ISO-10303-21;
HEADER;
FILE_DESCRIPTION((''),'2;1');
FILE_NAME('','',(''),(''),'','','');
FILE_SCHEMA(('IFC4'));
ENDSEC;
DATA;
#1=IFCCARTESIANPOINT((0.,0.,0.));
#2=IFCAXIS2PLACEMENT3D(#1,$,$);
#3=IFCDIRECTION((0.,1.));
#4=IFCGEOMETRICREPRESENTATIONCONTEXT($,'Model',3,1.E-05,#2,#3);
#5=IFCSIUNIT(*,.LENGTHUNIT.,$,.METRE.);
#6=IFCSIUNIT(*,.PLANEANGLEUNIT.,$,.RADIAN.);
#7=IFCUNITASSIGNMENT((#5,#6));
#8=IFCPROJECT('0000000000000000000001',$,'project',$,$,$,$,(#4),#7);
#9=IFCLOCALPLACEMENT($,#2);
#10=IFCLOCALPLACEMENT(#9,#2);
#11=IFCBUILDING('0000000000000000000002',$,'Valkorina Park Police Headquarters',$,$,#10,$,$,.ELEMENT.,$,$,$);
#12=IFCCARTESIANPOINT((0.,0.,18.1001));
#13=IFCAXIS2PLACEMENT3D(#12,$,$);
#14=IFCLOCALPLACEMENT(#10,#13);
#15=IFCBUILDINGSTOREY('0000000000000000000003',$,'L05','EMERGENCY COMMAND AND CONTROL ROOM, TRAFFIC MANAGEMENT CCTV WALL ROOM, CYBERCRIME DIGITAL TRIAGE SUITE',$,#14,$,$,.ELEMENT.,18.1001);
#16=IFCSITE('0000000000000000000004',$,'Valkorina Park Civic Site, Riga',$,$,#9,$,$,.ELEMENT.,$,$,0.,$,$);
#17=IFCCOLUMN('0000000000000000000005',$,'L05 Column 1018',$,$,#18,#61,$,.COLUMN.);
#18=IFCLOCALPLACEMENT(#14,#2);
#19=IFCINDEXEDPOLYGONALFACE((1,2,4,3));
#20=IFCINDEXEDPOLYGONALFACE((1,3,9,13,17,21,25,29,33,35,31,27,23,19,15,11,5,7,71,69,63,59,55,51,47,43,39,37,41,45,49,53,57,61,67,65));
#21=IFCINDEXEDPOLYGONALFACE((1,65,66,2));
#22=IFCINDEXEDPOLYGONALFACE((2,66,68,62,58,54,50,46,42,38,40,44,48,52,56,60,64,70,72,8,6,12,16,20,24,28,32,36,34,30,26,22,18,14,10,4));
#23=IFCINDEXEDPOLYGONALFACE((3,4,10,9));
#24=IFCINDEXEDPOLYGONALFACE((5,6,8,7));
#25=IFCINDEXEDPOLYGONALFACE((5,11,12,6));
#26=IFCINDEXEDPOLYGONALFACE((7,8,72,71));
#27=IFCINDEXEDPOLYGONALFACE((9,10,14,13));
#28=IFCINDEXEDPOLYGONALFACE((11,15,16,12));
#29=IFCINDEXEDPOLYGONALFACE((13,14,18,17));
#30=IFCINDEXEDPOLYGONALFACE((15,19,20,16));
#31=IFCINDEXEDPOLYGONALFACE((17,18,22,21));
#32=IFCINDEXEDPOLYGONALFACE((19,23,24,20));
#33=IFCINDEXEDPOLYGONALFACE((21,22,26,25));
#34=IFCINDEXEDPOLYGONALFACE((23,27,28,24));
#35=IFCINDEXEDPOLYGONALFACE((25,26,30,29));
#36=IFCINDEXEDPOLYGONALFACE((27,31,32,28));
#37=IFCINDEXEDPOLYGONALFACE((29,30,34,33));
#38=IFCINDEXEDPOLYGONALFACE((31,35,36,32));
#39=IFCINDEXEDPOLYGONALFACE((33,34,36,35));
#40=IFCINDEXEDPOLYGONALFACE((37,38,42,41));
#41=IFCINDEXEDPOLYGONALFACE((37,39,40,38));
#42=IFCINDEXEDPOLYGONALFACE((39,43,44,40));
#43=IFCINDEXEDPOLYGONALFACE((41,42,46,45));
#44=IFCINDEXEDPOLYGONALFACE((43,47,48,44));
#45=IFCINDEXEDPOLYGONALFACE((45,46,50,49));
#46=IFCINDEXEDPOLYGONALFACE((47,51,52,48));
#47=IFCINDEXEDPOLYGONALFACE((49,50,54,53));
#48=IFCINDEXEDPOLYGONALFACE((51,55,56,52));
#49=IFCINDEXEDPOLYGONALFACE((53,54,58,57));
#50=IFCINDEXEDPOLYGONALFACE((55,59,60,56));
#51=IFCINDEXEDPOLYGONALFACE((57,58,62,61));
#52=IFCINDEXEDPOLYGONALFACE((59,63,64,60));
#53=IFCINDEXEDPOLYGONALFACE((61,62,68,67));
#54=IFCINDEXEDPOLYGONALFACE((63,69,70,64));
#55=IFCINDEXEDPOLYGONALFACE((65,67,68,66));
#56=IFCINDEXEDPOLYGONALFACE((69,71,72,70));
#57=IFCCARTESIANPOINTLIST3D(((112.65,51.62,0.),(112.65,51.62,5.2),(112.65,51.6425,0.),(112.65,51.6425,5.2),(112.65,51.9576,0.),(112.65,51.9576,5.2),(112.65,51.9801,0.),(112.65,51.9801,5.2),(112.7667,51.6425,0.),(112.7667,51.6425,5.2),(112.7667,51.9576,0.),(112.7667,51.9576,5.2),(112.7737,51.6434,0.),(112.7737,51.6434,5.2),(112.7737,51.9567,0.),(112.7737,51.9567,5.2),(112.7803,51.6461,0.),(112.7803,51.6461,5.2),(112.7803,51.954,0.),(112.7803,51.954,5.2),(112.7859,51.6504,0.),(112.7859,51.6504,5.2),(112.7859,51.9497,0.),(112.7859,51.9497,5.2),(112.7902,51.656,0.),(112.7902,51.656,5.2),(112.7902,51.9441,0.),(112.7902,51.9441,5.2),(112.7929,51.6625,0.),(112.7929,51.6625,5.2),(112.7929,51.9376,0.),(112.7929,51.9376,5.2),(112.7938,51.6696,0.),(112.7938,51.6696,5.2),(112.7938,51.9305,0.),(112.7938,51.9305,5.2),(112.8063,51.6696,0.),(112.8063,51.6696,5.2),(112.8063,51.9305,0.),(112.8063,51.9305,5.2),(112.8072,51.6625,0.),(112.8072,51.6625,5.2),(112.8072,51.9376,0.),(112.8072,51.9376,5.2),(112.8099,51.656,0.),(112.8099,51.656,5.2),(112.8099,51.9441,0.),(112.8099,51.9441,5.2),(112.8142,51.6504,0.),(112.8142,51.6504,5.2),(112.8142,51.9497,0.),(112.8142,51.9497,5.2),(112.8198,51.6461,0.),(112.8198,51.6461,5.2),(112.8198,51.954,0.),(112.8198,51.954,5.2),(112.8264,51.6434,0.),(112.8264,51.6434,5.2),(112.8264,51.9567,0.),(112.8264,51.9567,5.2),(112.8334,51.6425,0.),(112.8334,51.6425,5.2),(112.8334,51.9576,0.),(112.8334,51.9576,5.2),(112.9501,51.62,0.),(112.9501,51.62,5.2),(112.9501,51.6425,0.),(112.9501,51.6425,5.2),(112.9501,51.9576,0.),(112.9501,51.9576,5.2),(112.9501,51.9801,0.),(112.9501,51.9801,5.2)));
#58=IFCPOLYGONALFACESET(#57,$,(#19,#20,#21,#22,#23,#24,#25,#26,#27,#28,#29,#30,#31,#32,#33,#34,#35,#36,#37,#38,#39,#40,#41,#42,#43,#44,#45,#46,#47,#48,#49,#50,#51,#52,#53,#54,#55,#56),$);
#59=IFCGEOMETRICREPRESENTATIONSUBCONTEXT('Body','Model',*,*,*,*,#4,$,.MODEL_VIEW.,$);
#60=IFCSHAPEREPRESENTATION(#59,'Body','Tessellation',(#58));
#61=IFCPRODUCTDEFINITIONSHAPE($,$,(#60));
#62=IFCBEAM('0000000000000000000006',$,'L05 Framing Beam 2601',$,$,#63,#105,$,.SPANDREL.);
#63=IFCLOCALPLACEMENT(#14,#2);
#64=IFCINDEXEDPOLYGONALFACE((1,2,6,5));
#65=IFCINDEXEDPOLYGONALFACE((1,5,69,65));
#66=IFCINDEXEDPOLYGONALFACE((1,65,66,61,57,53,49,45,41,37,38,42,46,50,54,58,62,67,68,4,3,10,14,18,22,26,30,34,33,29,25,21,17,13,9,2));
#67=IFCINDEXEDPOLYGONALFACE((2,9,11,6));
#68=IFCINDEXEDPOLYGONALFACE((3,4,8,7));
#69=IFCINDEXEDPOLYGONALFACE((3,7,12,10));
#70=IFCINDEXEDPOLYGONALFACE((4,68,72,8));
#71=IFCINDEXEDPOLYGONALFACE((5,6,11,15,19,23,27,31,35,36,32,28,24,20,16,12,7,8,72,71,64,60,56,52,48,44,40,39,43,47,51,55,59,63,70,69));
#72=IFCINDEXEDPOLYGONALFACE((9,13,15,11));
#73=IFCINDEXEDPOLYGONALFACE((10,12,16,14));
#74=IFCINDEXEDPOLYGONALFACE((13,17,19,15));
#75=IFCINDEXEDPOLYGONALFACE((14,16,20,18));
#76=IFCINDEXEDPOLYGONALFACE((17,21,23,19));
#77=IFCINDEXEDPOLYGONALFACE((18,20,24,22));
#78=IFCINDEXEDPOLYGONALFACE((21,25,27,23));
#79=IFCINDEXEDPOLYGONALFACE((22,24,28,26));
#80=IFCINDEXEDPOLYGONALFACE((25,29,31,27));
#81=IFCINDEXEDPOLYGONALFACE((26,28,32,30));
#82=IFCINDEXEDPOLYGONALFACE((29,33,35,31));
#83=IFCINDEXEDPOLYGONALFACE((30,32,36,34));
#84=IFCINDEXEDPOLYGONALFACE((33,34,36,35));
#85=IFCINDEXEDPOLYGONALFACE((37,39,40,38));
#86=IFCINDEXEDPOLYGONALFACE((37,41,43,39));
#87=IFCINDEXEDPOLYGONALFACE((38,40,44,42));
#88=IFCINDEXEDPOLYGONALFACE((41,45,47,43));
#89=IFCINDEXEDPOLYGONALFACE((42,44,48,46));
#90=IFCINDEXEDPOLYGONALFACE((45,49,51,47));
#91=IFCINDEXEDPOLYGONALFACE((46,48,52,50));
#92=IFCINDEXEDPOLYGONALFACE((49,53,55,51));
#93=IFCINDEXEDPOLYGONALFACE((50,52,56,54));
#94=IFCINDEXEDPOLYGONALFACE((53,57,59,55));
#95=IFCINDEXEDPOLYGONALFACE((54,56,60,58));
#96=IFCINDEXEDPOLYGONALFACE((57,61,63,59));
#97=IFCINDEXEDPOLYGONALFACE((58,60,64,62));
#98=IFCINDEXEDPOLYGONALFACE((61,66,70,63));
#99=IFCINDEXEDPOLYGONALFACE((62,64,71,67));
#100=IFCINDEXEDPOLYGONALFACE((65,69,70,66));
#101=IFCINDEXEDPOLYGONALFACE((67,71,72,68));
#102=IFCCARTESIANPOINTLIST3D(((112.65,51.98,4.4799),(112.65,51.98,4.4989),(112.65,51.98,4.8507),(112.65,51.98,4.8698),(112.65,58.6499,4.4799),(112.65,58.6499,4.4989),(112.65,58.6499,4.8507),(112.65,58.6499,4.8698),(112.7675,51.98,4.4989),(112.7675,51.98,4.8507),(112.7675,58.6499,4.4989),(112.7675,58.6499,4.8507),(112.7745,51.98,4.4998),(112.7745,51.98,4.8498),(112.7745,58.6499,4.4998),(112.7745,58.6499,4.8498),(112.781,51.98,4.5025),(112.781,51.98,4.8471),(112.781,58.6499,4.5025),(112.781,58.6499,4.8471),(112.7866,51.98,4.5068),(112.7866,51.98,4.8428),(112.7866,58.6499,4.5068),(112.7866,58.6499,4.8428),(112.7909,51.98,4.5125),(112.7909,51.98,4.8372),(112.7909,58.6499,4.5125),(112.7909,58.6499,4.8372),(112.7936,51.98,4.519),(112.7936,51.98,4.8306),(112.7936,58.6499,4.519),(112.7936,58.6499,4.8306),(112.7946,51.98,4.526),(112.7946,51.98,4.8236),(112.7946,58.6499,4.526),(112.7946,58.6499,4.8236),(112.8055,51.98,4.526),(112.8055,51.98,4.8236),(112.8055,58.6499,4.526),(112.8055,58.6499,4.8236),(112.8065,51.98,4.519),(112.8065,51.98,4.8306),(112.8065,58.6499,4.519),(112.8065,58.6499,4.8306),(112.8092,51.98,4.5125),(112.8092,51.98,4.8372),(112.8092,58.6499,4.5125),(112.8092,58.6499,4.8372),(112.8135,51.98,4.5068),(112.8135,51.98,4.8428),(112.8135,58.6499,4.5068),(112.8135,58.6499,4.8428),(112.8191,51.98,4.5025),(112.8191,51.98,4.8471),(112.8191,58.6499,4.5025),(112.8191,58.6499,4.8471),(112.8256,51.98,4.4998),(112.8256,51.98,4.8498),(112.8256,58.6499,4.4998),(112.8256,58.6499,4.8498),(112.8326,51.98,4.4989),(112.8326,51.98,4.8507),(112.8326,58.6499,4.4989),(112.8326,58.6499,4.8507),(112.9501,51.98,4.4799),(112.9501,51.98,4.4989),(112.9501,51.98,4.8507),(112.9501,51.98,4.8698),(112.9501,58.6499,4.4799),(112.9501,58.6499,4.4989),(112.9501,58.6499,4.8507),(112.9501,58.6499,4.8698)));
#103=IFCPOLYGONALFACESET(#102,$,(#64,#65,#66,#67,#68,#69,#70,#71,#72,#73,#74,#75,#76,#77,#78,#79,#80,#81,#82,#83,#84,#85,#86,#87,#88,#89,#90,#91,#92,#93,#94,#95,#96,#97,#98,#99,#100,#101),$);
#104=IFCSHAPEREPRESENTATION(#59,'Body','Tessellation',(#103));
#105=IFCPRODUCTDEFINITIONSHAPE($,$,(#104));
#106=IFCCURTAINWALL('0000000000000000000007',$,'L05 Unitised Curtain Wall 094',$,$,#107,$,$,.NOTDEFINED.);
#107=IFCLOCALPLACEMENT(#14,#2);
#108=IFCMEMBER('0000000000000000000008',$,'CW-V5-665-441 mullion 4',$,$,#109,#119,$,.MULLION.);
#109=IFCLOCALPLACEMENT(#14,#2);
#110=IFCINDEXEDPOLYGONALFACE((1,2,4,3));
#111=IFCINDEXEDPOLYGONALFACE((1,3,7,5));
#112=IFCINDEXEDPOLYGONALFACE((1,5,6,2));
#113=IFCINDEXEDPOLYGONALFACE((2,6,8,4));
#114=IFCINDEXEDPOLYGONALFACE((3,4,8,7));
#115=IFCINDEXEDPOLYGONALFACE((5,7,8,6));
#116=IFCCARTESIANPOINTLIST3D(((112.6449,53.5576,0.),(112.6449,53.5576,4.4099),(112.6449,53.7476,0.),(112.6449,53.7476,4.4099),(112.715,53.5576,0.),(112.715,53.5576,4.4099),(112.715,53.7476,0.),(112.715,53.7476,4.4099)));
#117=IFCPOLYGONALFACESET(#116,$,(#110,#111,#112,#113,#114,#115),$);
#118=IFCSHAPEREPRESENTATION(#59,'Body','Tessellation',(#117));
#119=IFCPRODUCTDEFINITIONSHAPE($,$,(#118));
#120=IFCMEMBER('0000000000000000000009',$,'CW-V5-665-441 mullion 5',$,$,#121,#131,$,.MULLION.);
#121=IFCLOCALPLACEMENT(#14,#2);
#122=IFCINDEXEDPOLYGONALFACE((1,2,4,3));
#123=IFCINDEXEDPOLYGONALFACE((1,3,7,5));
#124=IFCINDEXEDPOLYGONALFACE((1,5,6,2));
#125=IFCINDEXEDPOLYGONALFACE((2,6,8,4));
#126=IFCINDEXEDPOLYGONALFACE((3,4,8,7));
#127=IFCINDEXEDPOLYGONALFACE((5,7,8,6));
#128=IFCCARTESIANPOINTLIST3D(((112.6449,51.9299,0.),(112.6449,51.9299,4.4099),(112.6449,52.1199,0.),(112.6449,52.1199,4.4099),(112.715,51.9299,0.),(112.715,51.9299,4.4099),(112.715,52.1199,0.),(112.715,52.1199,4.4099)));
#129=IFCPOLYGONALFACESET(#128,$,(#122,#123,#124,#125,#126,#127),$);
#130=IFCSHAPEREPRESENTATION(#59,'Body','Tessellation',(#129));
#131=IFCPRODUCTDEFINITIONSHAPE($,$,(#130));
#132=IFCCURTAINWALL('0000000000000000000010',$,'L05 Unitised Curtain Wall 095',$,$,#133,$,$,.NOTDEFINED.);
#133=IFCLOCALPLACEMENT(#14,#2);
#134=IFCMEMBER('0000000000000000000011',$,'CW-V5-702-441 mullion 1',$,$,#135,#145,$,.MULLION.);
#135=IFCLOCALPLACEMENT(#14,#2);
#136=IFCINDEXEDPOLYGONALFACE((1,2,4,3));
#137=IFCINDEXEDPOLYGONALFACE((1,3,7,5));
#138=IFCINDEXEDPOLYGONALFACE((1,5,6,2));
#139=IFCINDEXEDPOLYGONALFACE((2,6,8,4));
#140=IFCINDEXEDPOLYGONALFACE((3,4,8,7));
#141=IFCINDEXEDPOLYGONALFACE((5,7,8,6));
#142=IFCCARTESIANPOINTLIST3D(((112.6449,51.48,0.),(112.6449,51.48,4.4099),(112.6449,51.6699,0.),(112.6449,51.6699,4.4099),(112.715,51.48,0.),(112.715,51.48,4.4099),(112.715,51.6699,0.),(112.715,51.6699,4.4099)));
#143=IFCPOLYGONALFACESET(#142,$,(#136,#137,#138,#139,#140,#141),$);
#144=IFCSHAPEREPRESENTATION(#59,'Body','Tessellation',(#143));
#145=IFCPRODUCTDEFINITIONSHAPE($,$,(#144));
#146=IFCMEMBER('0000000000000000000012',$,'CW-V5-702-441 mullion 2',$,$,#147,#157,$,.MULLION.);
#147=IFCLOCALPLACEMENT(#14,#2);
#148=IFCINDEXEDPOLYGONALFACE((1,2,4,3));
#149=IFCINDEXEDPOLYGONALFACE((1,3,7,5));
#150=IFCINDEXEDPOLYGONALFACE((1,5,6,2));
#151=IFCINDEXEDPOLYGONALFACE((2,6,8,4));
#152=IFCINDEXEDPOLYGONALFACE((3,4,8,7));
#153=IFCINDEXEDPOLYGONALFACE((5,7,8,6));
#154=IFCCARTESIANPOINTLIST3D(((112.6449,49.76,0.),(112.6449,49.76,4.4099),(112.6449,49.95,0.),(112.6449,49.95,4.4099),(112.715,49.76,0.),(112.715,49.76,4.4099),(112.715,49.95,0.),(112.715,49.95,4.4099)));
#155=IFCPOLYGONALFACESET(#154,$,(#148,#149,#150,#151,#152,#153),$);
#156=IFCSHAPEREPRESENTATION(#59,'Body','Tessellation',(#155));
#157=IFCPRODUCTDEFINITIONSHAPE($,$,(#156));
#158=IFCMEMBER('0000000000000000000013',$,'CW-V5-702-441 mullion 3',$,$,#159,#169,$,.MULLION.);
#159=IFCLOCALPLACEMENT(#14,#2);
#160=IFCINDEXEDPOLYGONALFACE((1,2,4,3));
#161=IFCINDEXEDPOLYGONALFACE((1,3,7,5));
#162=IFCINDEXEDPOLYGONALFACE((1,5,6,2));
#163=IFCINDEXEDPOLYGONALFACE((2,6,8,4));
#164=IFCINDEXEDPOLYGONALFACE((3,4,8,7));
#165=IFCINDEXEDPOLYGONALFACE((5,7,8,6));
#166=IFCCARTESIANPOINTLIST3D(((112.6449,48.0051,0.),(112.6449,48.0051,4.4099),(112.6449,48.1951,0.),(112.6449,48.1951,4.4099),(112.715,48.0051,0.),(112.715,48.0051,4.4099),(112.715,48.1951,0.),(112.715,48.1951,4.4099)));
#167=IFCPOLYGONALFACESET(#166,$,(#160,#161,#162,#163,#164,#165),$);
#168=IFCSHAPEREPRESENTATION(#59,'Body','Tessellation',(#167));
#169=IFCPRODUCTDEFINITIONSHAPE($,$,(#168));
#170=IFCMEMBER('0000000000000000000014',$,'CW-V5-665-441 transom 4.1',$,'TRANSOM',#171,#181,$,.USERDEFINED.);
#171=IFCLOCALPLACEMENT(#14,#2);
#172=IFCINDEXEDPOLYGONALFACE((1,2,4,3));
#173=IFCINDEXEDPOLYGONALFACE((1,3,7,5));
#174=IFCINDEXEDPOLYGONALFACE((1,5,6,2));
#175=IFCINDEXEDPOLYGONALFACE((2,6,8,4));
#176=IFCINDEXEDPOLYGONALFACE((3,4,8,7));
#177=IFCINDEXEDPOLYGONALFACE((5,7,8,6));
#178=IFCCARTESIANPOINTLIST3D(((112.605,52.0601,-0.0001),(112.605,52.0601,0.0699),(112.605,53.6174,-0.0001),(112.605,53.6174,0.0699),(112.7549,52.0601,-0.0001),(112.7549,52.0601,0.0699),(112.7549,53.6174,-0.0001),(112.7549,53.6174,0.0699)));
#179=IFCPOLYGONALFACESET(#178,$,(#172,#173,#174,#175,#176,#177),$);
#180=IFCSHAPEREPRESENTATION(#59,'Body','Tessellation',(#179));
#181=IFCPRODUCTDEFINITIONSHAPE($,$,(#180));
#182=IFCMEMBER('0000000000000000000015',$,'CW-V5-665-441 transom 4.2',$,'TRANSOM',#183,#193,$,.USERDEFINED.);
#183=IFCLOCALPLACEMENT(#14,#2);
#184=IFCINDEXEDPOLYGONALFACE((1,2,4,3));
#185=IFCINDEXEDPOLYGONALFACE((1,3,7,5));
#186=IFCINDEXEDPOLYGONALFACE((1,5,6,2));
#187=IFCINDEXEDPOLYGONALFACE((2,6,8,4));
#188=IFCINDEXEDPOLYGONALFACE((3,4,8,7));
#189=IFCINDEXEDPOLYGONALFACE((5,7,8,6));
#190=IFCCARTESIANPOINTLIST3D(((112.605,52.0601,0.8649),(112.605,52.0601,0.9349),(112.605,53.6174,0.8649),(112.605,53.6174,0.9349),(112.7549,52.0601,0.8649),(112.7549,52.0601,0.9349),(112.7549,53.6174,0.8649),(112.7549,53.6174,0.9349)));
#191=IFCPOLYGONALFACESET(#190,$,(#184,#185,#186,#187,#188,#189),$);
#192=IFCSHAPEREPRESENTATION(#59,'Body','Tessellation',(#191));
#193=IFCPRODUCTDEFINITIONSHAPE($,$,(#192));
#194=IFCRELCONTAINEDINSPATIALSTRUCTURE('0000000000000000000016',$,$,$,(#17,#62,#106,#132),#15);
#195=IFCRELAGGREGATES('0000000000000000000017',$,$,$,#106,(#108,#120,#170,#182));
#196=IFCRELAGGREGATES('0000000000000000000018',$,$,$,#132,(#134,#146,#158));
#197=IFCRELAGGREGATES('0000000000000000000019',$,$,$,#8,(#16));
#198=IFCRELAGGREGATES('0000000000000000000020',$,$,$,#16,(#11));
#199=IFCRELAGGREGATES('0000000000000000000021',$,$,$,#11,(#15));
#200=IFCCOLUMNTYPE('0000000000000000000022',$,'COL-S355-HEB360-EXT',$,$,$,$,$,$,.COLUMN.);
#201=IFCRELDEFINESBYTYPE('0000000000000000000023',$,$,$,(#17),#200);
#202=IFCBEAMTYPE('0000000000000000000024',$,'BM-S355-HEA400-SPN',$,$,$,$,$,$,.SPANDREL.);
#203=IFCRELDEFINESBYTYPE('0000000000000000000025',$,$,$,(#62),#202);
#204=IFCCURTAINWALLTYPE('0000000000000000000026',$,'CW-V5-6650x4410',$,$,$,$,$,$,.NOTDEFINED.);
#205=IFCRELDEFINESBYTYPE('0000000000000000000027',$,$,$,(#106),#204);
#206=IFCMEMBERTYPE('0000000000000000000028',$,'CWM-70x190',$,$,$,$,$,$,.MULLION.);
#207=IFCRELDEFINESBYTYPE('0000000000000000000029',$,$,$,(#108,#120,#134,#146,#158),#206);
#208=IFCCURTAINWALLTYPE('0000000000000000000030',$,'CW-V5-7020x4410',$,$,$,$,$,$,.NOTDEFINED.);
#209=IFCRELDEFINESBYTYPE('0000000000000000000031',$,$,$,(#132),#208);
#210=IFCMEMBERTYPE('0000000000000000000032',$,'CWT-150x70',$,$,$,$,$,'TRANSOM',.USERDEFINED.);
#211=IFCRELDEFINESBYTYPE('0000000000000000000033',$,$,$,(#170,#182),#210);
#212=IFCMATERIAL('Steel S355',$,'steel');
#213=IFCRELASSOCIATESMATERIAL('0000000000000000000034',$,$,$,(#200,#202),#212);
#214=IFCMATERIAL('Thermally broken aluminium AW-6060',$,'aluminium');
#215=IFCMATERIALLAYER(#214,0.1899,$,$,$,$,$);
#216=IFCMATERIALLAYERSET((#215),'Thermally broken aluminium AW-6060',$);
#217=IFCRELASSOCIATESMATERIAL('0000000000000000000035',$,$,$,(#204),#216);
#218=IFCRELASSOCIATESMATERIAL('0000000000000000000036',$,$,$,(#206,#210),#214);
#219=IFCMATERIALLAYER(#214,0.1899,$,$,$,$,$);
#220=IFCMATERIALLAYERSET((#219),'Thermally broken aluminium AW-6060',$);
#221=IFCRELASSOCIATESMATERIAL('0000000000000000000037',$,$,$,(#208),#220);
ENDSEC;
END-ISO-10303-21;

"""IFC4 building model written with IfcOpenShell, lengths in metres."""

from ifc_helpers import new_model, si_unit, direction, frame, origin, origin_2d, place, context, subcontext, project, spatial, rectangle, i_section, extrude, material, layer, layer_set, material_profile, profile_set, type_object, element, aggregate, save


model = new_model("IFC4")

# Units and contexts
model_context = context("Model", 3, precision=1e-05, world=origin(), true_north=direction((0.0, 1.0)))
body_context = subcontext(model_context, "Body", "Model", "MODEL_VIEW")
ifc_project = project(units=[si_unit("LENGTHUNIT", "METRE"), si_unit("PLANEANGLEUNIT", "RADIAN")], contexts=[model_context])

# Site, building, storey
site_placement = place(None, origin())
site = spatial("IfcSite", under=ifc_project, at=site_placement, Name="Valkorina Park Civic Site, Riga", CompositionType="ELEMENT", RefElevation=0.0)
building_placement = place(site_placement, origin())
building = spatial("IfcBuilding", under=site, at=building_placement, Name="Valkorina Park Police Headquarters", CompositionType="ELEMENT")
storey_placement = place(building_placement, frame((0.0, 0.0, 18.1001)))
storey = spatial("IfcBuildingStorey", under=building, at=storey_placement, Name="L05", Description="EMERGENCY COMMAND AND CONTROL ROOM, TRAFFIC MANAGEMENT CCTV WALL ROOM, CYBERCRIME DIGITAL TRIAGE SUITE", CompositionType="ELEMENT", Elevation=18.1001)

# Column
ifc_material_1 = material(Name="Steel S355", Category="steel")
ifc_material_profile_1 = material_profile(ifc_material_1, i_section(OverallWidth=0.3, OverallDepth=0.3601, WebThickness=0.0125, FlangeThickness=0.0225, FilletRadius=0.0271, at=origin_2d()), Name="HEB 360")
ifc_profile_set_1 = profile_set([ifc_material_profile_1], Name="Steel S355")
column_type = type_object("IfcColumnType", Name="COL-S355-HEB360-EXT", PredefinedType="COLUMN", material=ifc_profile_set_1)
column_placement = place(storey_placement, frame((112.8, 51.8, 0.0), z_axis=(0.0, 0.0, 1.0), x_axis=(1.0, 0.0, 0.0)))
element("IfcColumn", 1, at=column_placement, inside=storey, type_object=column_type, Name="L05 Column 1018", PredefinedType="COLUMN", context=body_context, shape_type="SweptSolid", body=[
    extrude(i_section(OverallWidth=0.3, OverallDepth=0.3601, WebThickness=0.0125, FlangeThickness=0.0225, FilletRadius=0.0271, at=origin_2d()), origin(), (0.0, 0.0, 1.0), 5.2),
])

# Beam
ifc_material_profile_2 = material_profile(ifc_material_1, i_section(OverallWidth=0.3, OverallDepth=0.3899, WebThickness=0.011, FlangeThickness=0.019, FilletRadius=0.0271, at=origin_2d()), Name="HEA 400")
ifc_profile_set_2 = profile_set([ifc_material_profile_2], Name="Steel S355")
beam_type = type_object("IfcBeamType", Name="BM-S355-HEA400-SPN", PredefinedType="SPANDREL", material=ifc_profile_set_2)
beam_placement = place(storey_placement, frame((112.8, 51.98, 4.6748), z_axis=(0.0, 1.0, 0.0), x_axis=(-1.0, 0.0, 0.0)))
element("IfcBeam", 2, at=beam_placement, inside=storey, type_object=beam_type, Name="L05 Framing Beam 2601", PredefinedType="SPANDREL", context=body_context, shape_type="SweptSolid", body=[
    extrude(i_section(OverallWidth=0.3, OverallDepth=0.3899, WebThickness=0.011, FlangeThickness=0.019, FilletRadius=0.0271, at=origin_2d()), origin(), (0.0, 0.0, 1.0), 6.6699),
])

# Curtain walls, members
ifc_material_2 = material(Name="Thermally broken aluminium AW-6060", Category="aluminium")
ifc_layer_1 = layer(ifc_material_2, 0.1899)
ifc_layer_set_1 = layer_set([ifc_layer_1], Name="Thermally broken aluminium AW-6060")
curtain_wall_type_1 = type_object("IfcCurtainWallType", Name="CW-V5-6650x4410", PredefinedType="NOTDEFINED", material=ifc_layer_set_1)
curtain_wall_1_placement = place(storey_placement, origin())
curtain_wall_1 = element("IfcCurtainWall", 3, at=curtain_wall_1_placement, inside=storey, type_object=curtain_wall_type_1, Name="L05 Unitised Curtain Wall 094", PredefinedType="NOTDEFINED")
ifc_material_profile_3 = material_profile(ifc_material_2, rectangle(XDim=0.0701, YDim=0.1899, at=origin_2d()), Name="CWM-02 70x190")
ifc_profile_set_3 = profile_set([ifc_material_profile_3], Name="Thermally broken aluminium AW-6060")
member_type_1 = type_object("IfcMemberType", Name="CWM-70x190", PredefinedType="MULLION", material=ifc_profile_set_3)
member_1_placement = place(storey_placement, frame((112.6799, 53.6526, 0.0), z_axis=(0.0, 0.0, 1.0), x_axis=(1.0, 0.0, 0.0)))
member_1 = element("IfcMember", 4, at=member_1_placement, type_object=member_type_1, Name="CW-V5-665-441 mullion 4", PredefinedType="MULLION", context=body_context, shape_type="SweptSolid", body=[
    extrude(rectangle(XDim=0.0701, YDim=0.1899, at=origin_2d()), origin(), (0.0, 0.0, 1.0), 4.4099),
])
member_2_placement = place(storey_placement, frame((112.6799, 52.0249, 0.0), z_axis=(0.0, 0.0, 1.0), x_axis=(1.0, 0.0, 0.0)))
member_2 = element("IfcMember", 5, at=member_2_placement, type_object=member_type_1, Name="CW-V5-665-441 mullion 5", PredefinedType="MULLION", context=body_context, shape_type="SweptSolid", body=[
    extrude(rectangle(XDim=0.0701, YDim=0.1899, at=origin_2d()), origin(), (0.0, 0.0, 1.0), 4.4099),
])
ifc_layer_2 = layer(ifc_material_2, 0.1899)
ifc_layer_set_2 = layer_set([ifc_layer_2], Name="Thermally broken aluminium AW-6060")
curtain_wall_type_2 = type_object("IfcCurtainWallType", Name="CW-V5-7020x4410", PredefinedType="NOTDEFINED", material=ifc_layer_set_2)
curtain_wall_2_placement = place(storey_placement, origin())
curtain_wall_2 = element("IfcCurtainWall", 6, at=curtain_wall_2_placement, inside=storey, type_object=curtain_wall_type_2, Name="L05 Unitised Curtain Wall 095", PredefinedType="NOTDEFINED")
member_3_placement = place(storey_placement, frame((112.6799, 51.575, 0.0), z_axis=(0.0, 0.0, 1.0), x_axis=(1.0, 0.0, 0.0)))
member_3 = element("IfcMember", 7, at=member_3_placement, type_object=member_type_1, Name="CW-V5-702-441 mullion 1", PredefinedType="MULLION", context=body_context, shape_type="SweptSolid", body=[
    extrude(rectangle(XDim=0.0701, YDim=0.1899, at=origin_2d()), origin(), (0.0, 0.0, 1.0), 4.4099),
])
member_4_placement = place(storey_placement, frame((112.6799, 49.855, 0.0), z_axis=(0.0, 0.0, 1.0), x_axis=(1.0, 0.0, 0.0)))
member_4 = element("IfcMember", 8, at=member_4_placement, type_object=member_type_1, Name="CW-V5-702-441 mullion 2", PredefinedType="MULLION", context=body_context, shape_type="SweptSolid", body=[
    extrude(rectangle(XDim=0.0701, YDim=0.1899, at=origin_2d()), origin(), (0.0, 0.0, 1.0), 4.4099),
])
member_5_placement = place(storey_placement, frame((112.6799, 48.1001, 0.0), z_axis=(0.0, 0.0, 1.0), x_axis=(1.0, 0.0, 0.0)))
member_5 = element("IfcMember", 9, at=member_5_placement, type_object=member_type_1, Name="CW-V5-702-441 mullion 3", PredefinedType="MULLION", context=body_context, shape_type="SweptSolid", body=[
    extrude(rectangle(XDim=0.0701, YDim=0.1899, at=origin_2d()), origin(), (0.0, 0.0, 1.0), 4.4099),
])

# Members
ifc_material_profile_4 = material_profile(ifc_material_2, rectangle(XDim=0.1499, YDim=0.0701, at=origin_2d()), Name="CWT-02 150x70")
ifc_profile_set_4 = profile_set([ifc_material_profile_4], Name="Thermally broken aluminium AW-6060")
member_type_2 = type_object("IfcMemberType", Name="CWT-150x70", ElementType="TRANSOM", PredefinedType="USERDEFINED", material=ifc_profile_set_4)
member_6_placement = place(storey_placement, frame((112.6799, 53.6174, 0.0349), z_axis=(0.0, -1.0, 0.0), x_axis=(1.0, 0.0, 0.0)))
member_6 = element("IfcMember", 10, at=member_6_placement, type_object=member_type_2, Name="CW-V5-665-441 transom 4.1", ObjectType="TRANSOM", PredefinedType="USERDEFINED", context=body_context, shape_type="SweptSolid", body=[
    extrude(rectangle(XDim=0.1499, YDim=0.0701, at=origin_2d()), origin(), (0.0, 0.0, 1.0), 1.5574),
])
member_7_placement = place(storey_placement, frame((112.6799, 53.6174, 0.8999), z_axis=(0.0, -1.0, 0.0), x_axis=(1.0, 0.0, 0.0)))
member_7 = element("IfcMember", 11, at=member_7_placement, type_object=member_type_2, Name="CW-V5-665-441 transom 4.2", ObjectType="TRANSOM", PredefinedType="USERDEFINED", context=body_context, shape_type="SweptSolid", body=[
    extrude(rectangle(XDim=0.1499, YDim=0.0701, at=origin_2d()), origin(), (0.0, 0.0, 1.0), 1.5574),
])

aggregate(curtain_wall_1, [member_1, member_2, member_6, member_7])
aggregate(curtain_wall_2, [member_3, member_4, member_5])

save(model, "model.ifc")
